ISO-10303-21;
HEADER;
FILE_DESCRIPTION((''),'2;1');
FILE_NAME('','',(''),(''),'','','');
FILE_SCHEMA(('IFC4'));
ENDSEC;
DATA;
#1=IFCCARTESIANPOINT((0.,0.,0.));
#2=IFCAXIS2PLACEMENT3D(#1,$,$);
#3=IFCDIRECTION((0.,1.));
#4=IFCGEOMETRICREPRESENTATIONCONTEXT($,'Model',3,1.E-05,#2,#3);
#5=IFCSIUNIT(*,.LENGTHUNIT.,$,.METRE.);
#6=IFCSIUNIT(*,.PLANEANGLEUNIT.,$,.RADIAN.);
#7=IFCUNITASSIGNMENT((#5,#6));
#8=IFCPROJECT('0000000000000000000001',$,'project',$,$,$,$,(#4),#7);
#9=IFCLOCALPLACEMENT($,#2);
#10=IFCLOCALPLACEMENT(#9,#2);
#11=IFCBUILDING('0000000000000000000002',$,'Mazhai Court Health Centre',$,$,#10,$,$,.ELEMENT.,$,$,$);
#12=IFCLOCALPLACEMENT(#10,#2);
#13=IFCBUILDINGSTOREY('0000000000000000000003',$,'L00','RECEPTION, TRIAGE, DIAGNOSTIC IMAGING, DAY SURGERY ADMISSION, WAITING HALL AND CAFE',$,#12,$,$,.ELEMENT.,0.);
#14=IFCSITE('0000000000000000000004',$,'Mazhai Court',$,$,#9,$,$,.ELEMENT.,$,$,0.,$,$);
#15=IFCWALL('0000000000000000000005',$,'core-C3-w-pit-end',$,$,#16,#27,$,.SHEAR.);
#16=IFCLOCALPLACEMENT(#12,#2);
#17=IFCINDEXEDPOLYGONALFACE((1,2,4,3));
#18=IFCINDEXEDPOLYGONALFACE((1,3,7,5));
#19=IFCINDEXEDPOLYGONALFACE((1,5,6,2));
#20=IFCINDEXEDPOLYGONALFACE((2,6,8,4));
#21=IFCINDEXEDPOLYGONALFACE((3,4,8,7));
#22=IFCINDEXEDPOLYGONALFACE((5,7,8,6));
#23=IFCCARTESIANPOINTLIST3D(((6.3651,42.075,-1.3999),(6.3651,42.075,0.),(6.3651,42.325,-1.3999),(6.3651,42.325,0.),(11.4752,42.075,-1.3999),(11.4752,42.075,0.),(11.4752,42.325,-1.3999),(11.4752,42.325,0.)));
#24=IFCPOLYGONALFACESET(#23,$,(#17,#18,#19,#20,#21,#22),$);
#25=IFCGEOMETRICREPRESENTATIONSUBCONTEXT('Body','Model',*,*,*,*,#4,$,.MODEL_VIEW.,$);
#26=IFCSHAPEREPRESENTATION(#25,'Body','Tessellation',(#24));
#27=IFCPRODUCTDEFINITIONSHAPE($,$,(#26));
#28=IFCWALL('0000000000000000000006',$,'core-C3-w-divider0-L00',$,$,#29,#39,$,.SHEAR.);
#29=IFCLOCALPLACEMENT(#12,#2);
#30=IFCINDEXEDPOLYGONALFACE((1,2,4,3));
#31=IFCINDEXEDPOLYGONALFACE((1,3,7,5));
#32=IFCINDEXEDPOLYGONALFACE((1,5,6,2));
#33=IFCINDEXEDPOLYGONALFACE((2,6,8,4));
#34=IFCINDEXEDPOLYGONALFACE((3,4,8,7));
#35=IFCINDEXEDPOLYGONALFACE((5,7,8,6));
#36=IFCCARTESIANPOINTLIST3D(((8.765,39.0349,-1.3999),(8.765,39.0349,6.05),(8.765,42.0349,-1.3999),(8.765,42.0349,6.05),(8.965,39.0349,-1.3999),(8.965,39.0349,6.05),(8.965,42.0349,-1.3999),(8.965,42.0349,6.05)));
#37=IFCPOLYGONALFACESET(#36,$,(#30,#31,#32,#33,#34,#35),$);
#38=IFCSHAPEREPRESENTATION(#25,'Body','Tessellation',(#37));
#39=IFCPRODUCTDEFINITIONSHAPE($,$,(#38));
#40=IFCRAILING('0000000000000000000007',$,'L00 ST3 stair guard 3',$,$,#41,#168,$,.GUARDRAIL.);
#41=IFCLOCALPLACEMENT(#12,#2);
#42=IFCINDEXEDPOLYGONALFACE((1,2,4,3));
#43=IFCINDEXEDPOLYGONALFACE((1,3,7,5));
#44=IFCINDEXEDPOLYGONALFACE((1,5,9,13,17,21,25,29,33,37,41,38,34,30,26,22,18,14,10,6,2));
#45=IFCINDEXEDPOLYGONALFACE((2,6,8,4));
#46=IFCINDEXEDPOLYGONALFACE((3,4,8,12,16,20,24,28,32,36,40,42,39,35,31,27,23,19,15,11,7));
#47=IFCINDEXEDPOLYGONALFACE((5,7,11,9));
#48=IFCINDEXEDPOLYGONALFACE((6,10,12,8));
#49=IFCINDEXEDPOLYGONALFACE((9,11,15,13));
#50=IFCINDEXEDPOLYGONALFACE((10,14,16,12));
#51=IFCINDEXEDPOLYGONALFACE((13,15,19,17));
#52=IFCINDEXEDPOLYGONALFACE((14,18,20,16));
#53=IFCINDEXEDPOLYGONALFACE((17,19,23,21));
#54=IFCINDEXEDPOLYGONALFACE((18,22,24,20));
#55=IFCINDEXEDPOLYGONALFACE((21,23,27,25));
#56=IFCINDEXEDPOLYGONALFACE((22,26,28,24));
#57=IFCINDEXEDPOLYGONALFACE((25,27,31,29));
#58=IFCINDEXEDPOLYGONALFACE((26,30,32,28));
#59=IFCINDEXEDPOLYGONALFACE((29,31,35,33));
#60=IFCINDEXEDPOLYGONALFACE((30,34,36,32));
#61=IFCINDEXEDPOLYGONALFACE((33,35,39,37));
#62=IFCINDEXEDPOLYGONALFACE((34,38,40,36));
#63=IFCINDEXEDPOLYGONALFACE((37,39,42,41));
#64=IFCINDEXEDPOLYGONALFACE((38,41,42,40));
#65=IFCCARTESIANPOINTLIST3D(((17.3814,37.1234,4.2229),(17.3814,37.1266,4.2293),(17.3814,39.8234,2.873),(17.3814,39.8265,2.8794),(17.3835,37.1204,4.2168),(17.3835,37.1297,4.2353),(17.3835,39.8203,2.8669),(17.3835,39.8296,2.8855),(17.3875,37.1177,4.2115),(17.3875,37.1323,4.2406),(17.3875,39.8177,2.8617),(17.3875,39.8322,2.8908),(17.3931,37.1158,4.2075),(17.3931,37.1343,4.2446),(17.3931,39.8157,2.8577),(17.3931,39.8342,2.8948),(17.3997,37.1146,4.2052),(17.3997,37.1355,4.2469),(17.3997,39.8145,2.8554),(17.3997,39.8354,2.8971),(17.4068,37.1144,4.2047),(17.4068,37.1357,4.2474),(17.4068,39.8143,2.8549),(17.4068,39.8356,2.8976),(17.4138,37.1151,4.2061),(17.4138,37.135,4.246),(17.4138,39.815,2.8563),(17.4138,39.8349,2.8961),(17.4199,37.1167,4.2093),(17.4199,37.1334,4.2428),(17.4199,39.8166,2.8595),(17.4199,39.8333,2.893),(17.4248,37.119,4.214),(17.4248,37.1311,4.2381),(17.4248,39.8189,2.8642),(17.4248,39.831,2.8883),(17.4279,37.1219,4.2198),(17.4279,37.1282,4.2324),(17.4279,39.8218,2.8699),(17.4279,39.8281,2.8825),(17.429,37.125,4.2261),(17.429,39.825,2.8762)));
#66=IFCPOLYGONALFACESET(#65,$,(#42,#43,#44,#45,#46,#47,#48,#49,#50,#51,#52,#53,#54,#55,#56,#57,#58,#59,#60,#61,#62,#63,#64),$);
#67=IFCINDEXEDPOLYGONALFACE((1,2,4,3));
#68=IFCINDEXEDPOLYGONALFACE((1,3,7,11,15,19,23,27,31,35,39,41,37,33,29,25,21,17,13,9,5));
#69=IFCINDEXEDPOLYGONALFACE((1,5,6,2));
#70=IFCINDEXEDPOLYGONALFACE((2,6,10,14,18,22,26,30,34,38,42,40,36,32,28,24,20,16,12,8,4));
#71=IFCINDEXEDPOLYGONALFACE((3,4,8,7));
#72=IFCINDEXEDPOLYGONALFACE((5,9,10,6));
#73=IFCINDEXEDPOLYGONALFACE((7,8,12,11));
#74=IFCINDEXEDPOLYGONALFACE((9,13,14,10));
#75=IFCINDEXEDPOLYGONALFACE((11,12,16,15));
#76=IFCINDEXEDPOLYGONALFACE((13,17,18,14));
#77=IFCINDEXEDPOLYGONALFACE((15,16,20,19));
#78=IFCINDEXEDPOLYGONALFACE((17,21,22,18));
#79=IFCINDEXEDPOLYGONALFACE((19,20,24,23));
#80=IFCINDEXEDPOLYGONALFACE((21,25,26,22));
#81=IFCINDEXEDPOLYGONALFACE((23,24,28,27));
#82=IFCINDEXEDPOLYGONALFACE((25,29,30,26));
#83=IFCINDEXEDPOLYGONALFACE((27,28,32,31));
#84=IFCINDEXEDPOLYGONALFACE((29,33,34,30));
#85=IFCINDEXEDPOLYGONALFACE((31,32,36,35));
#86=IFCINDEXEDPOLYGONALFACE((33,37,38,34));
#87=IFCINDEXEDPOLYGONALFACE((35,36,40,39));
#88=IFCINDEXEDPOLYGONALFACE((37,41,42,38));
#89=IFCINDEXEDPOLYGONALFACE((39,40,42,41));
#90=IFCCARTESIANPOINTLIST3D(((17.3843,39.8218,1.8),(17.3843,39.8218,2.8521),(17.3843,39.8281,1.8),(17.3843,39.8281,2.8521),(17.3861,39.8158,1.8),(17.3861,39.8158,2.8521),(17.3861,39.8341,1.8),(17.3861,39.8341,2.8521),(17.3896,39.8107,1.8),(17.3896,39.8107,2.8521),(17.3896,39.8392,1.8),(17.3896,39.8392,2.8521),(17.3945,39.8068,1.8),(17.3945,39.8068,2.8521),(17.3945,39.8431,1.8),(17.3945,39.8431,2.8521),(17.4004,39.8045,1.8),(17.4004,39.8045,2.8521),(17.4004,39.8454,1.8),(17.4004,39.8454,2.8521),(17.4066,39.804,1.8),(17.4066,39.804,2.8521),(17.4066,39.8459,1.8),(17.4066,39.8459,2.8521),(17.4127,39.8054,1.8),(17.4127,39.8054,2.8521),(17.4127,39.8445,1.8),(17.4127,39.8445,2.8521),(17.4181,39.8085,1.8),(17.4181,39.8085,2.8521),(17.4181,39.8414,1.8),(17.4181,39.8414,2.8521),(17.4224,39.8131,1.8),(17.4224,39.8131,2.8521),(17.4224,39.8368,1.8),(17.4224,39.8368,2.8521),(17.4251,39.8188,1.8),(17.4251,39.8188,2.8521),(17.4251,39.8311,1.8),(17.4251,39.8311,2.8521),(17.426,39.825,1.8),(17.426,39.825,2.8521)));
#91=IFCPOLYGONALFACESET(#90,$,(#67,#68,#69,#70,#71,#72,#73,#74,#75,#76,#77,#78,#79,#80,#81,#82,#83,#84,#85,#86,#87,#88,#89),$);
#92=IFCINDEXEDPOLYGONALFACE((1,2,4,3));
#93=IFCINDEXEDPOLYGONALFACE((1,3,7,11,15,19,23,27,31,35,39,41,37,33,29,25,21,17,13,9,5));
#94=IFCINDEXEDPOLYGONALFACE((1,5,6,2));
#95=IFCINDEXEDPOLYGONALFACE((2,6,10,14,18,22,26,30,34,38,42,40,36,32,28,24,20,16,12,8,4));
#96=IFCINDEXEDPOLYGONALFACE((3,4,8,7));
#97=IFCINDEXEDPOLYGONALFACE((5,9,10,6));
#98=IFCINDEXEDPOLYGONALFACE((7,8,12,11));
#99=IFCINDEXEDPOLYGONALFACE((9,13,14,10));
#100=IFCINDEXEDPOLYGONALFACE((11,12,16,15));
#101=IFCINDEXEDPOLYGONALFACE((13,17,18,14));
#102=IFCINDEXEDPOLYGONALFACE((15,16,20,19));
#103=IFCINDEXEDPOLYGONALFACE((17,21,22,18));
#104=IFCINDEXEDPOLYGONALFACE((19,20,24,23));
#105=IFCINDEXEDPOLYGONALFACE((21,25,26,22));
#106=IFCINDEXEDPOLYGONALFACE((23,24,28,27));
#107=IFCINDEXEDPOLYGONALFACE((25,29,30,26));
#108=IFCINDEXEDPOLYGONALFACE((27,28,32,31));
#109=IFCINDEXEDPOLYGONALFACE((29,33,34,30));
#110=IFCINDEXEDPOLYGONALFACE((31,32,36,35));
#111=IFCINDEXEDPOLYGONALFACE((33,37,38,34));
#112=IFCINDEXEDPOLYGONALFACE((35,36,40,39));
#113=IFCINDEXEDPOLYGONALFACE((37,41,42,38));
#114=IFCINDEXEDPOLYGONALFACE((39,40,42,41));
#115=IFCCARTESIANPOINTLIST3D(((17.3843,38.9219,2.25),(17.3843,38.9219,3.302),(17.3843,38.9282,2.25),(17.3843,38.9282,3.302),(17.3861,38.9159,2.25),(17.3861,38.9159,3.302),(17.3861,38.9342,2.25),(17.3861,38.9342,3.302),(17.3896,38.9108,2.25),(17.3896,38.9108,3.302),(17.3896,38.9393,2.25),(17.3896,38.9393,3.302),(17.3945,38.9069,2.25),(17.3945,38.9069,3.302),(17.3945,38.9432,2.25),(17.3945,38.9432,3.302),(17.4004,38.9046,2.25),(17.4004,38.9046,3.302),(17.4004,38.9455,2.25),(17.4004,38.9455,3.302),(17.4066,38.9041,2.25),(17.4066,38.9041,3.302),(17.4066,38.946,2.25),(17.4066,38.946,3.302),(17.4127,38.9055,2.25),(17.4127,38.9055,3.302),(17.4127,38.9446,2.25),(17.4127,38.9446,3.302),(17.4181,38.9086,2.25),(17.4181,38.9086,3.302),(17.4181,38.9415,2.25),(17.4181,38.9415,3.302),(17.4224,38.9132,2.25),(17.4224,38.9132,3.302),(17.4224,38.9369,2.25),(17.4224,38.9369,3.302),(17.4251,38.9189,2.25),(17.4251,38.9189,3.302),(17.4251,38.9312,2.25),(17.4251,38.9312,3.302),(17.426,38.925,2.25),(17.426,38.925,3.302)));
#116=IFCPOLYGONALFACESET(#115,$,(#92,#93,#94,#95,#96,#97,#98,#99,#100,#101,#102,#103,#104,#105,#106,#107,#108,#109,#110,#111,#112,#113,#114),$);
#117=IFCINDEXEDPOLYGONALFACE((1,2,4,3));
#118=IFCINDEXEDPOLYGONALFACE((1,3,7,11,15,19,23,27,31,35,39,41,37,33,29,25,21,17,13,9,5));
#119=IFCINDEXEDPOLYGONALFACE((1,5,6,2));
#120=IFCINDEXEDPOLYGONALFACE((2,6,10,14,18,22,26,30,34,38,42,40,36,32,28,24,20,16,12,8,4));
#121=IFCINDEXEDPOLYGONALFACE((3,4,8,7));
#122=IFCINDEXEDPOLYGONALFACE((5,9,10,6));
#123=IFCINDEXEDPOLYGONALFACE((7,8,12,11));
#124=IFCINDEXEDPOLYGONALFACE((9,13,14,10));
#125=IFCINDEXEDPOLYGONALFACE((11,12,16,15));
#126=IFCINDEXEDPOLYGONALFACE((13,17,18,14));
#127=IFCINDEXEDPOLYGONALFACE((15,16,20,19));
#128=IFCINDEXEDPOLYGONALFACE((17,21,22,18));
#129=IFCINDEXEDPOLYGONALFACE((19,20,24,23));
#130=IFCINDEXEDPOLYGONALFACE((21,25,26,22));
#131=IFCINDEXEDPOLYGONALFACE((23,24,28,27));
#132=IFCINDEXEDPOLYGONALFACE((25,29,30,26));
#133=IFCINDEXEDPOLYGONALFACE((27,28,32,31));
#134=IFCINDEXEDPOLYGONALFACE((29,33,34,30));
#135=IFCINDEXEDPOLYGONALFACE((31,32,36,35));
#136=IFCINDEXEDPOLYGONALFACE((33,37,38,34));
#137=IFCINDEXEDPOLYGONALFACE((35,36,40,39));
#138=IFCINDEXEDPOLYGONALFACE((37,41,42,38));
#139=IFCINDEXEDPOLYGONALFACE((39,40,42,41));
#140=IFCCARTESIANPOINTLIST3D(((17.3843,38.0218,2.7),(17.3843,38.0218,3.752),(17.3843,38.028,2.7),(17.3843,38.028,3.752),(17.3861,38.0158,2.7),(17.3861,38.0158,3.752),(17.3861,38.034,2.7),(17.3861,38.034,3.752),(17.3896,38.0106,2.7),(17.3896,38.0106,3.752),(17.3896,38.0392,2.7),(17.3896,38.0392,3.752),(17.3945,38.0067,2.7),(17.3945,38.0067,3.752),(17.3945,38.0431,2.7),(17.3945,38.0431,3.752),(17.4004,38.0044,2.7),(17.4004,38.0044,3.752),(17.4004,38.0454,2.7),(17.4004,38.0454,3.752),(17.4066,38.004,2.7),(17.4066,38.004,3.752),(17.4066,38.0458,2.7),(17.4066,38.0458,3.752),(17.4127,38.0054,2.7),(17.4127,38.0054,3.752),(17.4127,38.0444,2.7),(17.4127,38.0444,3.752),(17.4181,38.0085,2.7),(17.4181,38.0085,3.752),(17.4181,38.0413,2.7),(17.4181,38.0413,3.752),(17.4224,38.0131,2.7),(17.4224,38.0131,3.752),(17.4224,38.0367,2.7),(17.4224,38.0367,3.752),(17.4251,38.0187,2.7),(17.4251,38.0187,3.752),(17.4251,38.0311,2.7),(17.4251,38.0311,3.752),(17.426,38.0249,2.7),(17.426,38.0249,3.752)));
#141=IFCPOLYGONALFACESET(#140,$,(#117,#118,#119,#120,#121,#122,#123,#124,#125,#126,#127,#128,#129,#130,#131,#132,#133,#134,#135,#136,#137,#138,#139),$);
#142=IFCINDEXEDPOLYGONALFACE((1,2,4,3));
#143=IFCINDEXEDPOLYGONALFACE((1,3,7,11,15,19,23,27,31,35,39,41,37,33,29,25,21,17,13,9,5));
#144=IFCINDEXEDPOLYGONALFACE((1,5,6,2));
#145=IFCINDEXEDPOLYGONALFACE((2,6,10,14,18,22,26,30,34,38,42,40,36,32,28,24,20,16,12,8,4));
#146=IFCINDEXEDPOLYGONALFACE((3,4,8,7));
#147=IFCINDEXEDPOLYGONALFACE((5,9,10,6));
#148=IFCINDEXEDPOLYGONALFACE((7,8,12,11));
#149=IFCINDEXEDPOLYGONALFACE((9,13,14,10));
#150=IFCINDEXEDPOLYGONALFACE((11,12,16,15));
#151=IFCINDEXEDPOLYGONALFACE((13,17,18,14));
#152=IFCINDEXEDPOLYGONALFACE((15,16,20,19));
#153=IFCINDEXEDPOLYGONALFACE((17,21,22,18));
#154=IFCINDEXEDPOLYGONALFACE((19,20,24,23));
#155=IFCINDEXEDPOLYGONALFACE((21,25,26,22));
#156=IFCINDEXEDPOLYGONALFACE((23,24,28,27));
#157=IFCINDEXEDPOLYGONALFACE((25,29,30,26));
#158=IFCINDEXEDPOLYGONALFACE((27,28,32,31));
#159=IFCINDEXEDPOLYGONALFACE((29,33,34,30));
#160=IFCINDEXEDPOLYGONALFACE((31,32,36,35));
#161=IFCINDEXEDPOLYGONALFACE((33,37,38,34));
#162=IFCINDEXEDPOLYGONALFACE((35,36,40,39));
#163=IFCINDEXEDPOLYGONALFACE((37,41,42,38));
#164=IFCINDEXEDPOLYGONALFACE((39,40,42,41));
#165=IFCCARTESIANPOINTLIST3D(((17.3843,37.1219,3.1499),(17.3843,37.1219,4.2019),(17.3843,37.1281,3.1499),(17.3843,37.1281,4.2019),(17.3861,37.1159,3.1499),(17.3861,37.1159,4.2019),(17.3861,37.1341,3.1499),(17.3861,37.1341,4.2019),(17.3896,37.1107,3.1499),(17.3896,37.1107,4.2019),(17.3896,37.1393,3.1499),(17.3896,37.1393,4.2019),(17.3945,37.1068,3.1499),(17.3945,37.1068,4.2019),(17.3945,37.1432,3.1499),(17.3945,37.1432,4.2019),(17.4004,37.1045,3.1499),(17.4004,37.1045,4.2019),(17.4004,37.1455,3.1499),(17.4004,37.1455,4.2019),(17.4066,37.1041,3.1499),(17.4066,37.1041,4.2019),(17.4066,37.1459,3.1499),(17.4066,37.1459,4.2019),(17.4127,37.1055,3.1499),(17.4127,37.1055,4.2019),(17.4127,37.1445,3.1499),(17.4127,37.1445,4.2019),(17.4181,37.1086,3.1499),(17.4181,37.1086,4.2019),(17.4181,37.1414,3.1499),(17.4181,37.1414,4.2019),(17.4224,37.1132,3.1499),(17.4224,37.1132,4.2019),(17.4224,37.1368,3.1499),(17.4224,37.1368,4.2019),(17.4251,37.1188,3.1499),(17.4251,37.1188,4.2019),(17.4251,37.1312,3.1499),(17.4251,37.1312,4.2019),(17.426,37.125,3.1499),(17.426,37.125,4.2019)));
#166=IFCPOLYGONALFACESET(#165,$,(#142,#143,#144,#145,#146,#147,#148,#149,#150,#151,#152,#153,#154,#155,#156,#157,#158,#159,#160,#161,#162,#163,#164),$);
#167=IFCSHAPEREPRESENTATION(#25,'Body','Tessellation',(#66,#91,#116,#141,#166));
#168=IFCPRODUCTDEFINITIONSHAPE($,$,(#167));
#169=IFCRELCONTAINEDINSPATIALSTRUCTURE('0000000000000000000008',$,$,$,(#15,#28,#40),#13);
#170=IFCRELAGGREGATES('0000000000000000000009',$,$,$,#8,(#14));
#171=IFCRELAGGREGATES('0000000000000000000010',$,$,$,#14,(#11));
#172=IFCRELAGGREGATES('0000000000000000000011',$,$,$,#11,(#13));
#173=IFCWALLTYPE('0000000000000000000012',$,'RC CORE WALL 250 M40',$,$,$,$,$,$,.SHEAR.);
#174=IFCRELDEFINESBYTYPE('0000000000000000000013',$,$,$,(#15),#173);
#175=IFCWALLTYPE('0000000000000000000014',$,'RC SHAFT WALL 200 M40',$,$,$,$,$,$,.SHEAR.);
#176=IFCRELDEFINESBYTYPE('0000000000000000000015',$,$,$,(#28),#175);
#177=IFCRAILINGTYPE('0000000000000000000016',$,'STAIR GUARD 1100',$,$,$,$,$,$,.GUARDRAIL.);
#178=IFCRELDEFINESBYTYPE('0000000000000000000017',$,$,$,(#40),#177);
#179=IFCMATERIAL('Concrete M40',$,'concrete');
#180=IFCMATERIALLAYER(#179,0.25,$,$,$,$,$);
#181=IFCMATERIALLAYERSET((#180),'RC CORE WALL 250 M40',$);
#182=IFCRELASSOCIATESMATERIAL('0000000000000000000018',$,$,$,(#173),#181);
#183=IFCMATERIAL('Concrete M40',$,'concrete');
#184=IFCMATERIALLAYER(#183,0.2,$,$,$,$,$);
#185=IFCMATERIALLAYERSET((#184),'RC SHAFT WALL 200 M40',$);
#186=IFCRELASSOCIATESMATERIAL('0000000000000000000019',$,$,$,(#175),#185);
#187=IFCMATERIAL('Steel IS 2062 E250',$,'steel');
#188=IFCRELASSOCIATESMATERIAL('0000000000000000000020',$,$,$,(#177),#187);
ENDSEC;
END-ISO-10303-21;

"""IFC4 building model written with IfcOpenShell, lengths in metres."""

from ifc_helpers import new_model, si_unit, direction, frame, frame_2d, origin, origin_2d, place, context, subcontext, project, spatial, rectangle, circle, extrude, material, layer, layer_set, type_object, element, save


model = new_model("IFC4")

# Units and contexts
model_context = context("Model", 3, precision=1e-05, world=origin(), true_north=direction((0.0, 1.0)))
body_context = subcontext(model_context, "Body", "Model", "MODEL_VIEW")
ifc_project = project(units=[si_unit("LENGTHUNIT", "METRE"), si_unit("PLANEANGLEUNIT", "RADIAN")], contexts=[model_context])

# Site, building, storey
site_placement = place(None, origin())
site = spatial("IfcSite", under=ifc_project, at=site_placement, Name="Mazhai Court", CompositionType="ELEMENT", RefElevation=0.0)
building_placement = place(site_placement, origin())
building = spatial("IfcBuilding", under=site, at=building_placement, Name="Mazhai Court Health Centre", CompositionType="ELEMENT")
storey_placement = place(building_placement, origin())
storey = spatial("IfcBuildingStorey", under=building, at=storey_placement, Name="L00", Description="RECEPTION, TRIAGE, DIAGNOSTIC IMAGING, DAY SURGERY ADMISSION, WAITING HALL AND CAFE", CompositionType="ELEMENT", Elevation=0.0)

# Walls
ifc_material_1 = material(Name="Concrete M40", Category="concrete")
ifc_layer_1 = layer(ifc_material_1, 0.25)
ifc_layer_set_1 = layer_set([ifc_layer_1], Name="RC CORE WALL 250 M40")
wall_type_1 = type_object("IfcWallType", Name="RC CORE WALL 250 M40", PredefinedType="SHEAR", material=ifc_layer_set_1)
wall_1_placement = place(storey_placement, frame((6.365, 42.2, -1.3999), z_axis=(0.0, 0.0, 1.0), x_axis=(1.0, 0.0, 0.0)))
element("IfcWall", 1, at=wall_1_placement, inside=storey, type_object=wall_type_1, Name="core-C3-w-pit-end", PredefinedType="SHEAR", context=body_context, shape_type="SweptSolid", body=[
    extrude(rectangle(XDim=5.1101, YDim=0.25, at=frame_2d((2.5552, 0.0))), origin(), (0.0, 0.0, 1.0), 1.3999),
])
ifc_material_2 = material(Name="Concrete M40", Category="concrete")
ifc_layer_2 = layer(ifc_material_2, 0.2)
ifc_layer_set_2 = layer_set([ifc_layer_2], Name="RC SHAFT WALL 200 M40")
wall_type_2 = type_object("IfcWallType", Name="RC SHAFT WALL 200 M40", PredefinedType="SHEAR", material=ifc_layer_set_2)
wall_2_placement = place(storey_placement, frame((8.865, 42.0349, -1.3999), z_axis=(0.0, 0.0, 1.0), x_axis=(0.0, -1.0, 0.0)))
element("IfcWall", 2, at=wall_2_placement, inside=storey, type_object=wall_type_2, Name="core-C3-w-divider0-L00", PredefinedType="SHEAR", context=body_context, shape_type="SweptSolid", body=[
    extrude(rectangle(XDim=3.0, YDim=0.2, at=frame_2d((1.5, 0.0))), origin(), (0.0, 0.0, 1.0), 7.45),
])

# Railing
ifc_material_3 = material(Name="Steel IS 2062 E250", Category="steel")
railing_type_1 = type_object("IfcRailingType", Name="STAIR GUARD 1100", PredefinedType="GUARDRAIL", material=ifc_material_3)
railing_1_placement = place(storey_placement, frame((17.405, 39.825, 1.8)))
element("IfcRailing", 3, at=railing_1_placement, inside=storey, type_object=railing_type_1, Name="L00 ST3 stair guard 3", PredefinedType="GUARDRAIL", context=body_context, shape_type="SweptSolid", body=[
    extrude(circle(Radius=0.0239, at=origin_2d()), frame((0.0, 0.0, 1.0762), z_axis=(0.0, -0.894443, 0.447181), x_axis=(1.0, 0.0, 0.0)), (0.0, 0.0, 1.0), 3.0186),
    extrude(circle(Radius=0.021, at=origin_2d()), origin(), (0.0, 0.0, 1.0), 1.052),
    extrude(circle(Radius=0.021, at=origin_2d()), frame((0.0, -0.8999, 0.45)), (0.0, 0.0, 1.0), 1.052),
    extrude(circle(Radius=0.021, at=origin_2d()), frame((0.0, -1.8, 0.8999)), (0.0, 0.0, 1.0), 1.052),
    extrude(circle(Radius=0.021, at=origin_2d()), frame((0.0, -2.7, 1.3499)), (0.0, 0.0, 1.0), 1.052),
])

save(model, "model.ifc")
